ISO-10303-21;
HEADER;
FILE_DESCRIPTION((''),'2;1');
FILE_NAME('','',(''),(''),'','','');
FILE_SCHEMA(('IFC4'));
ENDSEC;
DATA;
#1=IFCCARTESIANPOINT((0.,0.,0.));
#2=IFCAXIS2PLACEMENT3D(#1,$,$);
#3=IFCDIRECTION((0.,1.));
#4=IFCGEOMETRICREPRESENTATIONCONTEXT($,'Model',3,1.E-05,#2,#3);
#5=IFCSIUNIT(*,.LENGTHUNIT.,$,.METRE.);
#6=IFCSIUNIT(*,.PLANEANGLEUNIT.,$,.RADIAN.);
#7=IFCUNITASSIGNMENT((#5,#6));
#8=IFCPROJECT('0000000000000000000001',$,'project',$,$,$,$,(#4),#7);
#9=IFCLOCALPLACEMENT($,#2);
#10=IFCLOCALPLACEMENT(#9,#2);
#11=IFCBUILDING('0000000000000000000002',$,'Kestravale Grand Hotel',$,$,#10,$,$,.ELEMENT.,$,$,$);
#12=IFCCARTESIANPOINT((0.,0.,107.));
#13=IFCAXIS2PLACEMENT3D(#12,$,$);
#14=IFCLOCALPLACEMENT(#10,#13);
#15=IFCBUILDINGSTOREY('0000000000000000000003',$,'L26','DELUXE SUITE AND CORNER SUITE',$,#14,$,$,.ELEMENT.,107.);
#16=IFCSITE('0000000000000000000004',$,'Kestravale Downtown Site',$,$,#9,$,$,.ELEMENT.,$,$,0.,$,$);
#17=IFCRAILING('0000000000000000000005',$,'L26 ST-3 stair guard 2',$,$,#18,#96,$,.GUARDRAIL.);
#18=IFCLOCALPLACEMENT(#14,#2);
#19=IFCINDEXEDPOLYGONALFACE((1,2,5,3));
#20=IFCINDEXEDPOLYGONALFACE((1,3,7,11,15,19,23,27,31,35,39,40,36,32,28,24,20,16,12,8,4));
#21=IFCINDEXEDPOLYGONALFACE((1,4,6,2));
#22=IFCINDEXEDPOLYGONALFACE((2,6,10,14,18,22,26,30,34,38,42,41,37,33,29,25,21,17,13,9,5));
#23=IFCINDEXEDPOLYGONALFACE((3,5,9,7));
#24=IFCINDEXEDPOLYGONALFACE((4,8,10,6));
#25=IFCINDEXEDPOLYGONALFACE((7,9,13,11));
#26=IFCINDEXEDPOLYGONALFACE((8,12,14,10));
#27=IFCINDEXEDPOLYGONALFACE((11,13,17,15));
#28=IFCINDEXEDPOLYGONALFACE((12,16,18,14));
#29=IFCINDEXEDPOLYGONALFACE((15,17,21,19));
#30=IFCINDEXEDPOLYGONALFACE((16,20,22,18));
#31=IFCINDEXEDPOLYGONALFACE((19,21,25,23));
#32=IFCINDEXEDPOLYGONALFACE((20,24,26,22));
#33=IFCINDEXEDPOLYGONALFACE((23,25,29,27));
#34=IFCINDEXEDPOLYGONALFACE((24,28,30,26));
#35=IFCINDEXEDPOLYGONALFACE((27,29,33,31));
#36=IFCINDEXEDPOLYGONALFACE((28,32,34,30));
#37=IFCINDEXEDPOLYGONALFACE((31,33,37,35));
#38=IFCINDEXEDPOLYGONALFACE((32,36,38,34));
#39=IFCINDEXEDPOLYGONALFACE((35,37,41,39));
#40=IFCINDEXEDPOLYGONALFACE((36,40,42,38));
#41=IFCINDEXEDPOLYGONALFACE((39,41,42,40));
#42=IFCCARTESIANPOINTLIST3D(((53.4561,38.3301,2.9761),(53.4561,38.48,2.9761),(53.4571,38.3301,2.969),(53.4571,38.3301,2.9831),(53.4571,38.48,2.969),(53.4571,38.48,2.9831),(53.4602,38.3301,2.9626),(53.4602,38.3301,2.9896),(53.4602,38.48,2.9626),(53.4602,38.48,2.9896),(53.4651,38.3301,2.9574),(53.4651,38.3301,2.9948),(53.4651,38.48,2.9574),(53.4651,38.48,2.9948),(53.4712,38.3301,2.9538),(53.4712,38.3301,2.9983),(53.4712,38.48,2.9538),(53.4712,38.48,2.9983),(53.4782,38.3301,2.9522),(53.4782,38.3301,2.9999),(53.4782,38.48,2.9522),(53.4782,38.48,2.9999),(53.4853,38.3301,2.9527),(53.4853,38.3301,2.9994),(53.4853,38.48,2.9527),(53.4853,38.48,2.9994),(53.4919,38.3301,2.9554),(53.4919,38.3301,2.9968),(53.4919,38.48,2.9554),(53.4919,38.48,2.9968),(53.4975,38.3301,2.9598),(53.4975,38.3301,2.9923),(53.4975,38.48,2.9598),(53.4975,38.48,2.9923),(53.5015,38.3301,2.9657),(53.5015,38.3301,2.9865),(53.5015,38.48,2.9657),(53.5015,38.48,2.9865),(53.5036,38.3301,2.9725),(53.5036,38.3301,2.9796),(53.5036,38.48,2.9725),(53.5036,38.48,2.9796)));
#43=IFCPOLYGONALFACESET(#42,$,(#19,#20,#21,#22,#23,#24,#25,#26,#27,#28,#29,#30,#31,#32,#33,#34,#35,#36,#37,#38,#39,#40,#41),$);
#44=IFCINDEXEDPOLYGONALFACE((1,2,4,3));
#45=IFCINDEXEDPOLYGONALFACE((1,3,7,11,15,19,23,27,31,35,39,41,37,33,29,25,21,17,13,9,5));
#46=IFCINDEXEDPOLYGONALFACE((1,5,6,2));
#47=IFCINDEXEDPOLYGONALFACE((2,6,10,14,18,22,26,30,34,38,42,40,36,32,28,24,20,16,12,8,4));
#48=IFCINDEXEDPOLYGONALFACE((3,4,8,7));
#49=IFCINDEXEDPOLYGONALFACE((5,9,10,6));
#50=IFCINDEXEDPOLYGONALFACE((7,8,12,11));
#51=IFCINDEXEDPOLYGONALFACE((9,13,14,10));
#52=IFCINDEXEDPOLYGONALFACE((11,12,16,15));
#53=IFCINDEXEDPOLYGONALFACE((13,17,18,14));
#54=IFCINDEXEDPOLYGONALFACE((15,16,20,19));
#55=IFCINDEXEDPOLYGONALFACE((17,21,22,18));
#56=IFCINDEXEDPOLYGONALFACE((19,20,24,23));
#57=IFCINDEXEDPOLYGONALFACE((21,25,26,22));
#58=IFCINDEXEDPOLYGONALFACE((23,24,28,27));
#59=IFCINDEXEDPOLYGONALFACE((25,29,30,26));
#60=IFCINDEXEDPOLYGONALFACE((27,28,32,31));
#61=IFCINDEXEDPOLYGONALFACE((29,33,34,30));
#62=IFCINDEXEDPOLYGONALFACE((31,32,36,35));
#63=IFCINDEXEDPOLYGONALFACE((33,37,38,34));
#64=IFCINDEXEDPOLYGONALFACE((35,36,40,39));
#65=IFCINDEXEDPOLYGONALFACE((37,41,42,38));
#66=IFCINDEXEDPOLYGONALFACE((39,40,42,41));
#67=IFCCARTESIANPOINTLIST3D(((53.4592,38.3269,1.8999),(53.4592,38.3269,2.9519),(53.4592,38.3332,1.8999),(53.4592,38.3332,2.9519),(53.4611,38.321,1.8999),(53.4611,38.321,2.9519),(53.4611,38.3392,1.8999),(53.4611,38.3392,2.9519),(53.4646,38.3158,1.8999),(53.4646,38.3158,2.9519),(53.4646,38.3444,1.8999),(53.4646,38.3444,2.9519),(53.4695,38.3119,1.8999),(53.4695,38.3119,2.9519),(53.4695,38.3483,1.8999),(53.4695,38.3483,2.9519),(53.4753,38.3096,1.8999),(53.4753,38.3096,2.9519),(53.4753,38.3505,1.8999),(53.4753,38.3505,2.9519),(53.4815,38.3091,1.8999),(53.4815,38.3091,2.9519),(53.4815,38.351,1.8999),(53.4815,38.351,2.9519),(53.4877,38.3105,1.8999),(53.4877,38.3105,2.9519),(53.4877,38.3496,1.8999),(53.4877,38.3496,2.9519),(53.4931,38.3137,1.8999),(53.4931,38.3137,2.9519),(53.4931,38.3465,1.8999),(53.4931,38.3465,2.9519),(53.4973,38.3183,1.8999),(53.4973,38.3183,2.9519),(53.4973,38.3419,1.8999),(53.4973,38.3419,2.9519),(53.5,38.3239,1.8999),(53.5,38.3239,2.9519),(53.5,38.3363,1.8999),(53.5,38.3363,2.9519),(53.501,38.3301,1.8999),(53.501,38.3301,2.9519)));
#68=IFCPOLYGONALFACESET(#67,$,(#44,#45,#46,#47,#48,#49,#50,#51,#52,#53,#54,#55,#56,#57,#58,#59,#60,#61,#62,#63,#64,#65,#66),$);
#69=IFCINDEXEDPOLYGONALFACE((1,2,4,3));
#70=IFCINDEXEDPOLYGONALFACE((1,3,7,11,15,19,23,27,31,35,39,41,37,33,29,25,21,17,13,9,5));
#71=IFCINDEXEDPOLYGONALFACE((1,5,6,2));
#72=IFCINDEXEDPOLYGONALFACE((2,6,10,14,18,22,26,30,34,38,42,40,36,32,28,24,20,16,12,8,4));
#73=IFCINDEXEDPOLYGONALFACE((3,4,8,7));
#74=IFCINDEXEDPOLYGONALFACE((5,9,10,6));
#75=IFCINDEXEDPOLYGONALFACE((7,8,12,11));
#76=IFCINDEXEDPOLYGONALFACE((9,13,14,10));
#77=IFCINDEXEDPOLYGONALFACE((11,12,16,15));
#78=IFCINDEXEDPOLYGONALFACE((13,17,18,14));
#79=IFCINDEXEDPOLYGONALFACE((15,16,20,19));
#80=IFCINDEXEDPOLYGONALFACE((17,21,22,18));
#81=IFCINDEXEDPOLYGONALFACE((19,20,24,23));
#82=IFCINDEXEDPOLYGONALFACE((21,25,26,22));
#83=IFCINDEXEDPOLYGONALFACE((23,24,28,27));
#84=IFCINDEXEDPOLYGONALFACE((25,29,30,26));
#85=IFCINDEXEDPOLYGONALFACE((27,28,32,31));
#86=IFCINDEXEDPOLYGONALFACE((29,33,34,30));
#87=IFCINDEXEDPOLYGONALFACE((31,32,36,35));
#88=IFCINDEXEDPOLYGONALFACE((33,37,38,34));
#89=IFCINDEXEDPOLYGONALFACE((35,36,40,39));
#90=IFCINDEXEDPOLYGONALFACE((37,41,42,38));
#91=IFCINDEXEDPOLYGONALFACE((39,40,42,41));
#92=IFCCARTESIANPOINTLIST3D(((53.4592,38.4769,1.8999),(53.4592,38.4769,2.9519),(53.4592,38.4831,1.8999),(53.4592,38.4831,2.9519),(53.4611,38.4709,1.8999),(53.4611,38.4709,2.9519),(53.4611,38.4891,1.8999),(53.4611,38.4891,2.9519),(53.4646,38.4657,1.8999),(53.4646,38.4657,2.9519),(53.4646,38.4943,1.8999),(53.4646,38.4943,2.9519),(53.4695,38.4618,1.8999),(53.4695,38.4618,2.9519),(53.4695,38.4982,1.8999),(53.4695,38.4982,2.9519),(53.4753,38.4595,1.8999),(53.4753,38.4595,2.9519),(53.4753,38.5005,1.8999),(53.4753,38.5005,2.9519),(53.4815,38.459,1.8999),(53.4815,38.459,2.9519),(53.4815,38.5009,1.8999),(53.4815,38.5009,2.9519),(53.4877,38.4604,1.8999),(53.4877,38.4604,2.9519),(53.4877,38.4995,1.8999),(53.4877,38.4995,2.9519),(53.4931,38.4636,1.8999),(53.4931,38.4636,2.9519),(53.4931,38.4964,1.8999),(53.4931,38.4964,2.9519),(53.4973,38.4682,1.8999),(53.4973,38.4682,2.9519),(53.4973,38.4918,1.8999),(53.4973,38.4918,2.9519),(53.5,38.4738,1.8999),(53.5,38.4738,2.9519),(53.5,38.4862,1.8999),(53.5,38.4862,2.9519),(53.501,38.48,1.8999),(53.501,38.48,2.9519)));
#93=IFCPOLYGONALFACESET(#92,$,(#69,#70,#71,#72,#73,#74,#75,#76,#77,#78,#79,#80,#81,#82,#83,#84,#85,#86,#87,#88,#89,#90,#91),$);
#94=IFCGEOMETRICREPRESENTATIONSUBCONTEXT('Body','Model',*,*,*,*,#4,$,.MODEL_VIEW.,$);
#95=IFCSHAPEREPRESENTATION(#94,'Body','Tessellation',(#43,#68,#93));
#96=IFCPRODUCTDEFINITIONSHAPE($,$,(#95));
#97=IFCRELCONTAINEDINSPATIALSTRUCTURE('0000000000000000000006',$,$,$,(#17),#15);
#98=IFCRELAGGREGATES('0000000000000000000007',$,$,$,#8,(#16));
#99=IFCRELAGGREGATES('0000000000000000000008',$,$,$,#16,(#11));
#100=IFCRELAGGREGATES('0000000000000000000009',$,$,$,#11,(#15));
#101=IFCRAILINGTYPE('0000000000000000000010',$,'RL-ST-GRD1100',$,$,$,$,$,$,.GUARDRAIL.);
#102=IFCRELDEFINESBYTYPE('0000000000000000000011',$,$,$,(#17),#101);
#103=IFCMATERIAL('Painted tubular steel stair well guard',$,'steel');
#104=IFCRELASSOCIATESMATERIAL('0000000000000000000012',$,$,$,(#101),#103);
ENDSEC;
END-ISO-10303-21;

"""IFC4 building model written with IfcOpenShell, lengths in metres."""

from ifc_helpers import new_model, si_unit, direction, frame, origin, origin_2d, place, context, subcontext, project, spatial, circle, extrude, material, type_object, element, save


model = new_model("IFC4")

# Units and contexts
model_context = context("Model", 3, precision=1e-05, world=origin(), true_north=direction((0.0, 1.0)))
body_context = subcontext(model_context, "Body", "Model", "MODEL_VIEW")
ifc_project = project(units=[si_unit("LENGTHUNIT", "METRE"), si_unit("PLANEANGLEUNIT", "RADIAN")], contexts=[model_context])

# Site, building, storey
site_placement = place(None, origin())
site = spatial("IfcSite", under=ifc_project, at=site_placement, Name="Kestravale Downtown Site", CompositionType="ELEMENT", RefElevation=0.0)
building_placement = place(site_placement, origin())
building = spatial("IfcBuilding", under=site, at=building_placement, Name="Kestravale Grand Hotel", CompositionType="ELEMENT")
storey_placement = place(building_placement, frame((0.0, 0.0, 107.0)))
storey = spatial("IfcBuildingStorey", under=building, at=storey_placement, Name="L26", Description="DELUXE SUITE AND CORNER SUITE", CompositionType="ELEMENT", Elevation=107.0)

# Railing
ifc_material_1 = material(Name="Painted tubular steel stair well guard", Category="steel")
railing_type_1 = type_object("IfcRailingType", Name="RL-ST-GRD1100", PredefinedType="GUARDRAIL", material=ifc_material_1)
railing_1_placement = place(storey_placement, frame((53.48, 38.3301, 1.8999)))
element("IfcRailing", 1, at=railing_1_placement, inside=storey, type_object=railing_type_1, Name="L26 ST-3 stair guard 2", PredefinedType="GUARDRAIL", context=body_context, shape_type="SweptSolid", body=[
    extrude(circle(Radius=0.0239, at=origin_2d()), frame((0.0, 0.0, 1.0762), z_axis=(0.0, 1.0, 0.0), x_axis=(-1.0, 0.0, 0.0)), (0.0, 0.0, 1.0), 0.1499),
    extrude(circle(Radius=0.021, at=origin_2d()), origin(), (0.0, 0.0, 1.0), 1.052),
    extrude(circle(Radius=0.021, at=origin_2d()), frame((0.0, 0.1499, 0.0)), (0.0, 0.0, 1.0), 1.052),
])

save(model, "model.ifc")
